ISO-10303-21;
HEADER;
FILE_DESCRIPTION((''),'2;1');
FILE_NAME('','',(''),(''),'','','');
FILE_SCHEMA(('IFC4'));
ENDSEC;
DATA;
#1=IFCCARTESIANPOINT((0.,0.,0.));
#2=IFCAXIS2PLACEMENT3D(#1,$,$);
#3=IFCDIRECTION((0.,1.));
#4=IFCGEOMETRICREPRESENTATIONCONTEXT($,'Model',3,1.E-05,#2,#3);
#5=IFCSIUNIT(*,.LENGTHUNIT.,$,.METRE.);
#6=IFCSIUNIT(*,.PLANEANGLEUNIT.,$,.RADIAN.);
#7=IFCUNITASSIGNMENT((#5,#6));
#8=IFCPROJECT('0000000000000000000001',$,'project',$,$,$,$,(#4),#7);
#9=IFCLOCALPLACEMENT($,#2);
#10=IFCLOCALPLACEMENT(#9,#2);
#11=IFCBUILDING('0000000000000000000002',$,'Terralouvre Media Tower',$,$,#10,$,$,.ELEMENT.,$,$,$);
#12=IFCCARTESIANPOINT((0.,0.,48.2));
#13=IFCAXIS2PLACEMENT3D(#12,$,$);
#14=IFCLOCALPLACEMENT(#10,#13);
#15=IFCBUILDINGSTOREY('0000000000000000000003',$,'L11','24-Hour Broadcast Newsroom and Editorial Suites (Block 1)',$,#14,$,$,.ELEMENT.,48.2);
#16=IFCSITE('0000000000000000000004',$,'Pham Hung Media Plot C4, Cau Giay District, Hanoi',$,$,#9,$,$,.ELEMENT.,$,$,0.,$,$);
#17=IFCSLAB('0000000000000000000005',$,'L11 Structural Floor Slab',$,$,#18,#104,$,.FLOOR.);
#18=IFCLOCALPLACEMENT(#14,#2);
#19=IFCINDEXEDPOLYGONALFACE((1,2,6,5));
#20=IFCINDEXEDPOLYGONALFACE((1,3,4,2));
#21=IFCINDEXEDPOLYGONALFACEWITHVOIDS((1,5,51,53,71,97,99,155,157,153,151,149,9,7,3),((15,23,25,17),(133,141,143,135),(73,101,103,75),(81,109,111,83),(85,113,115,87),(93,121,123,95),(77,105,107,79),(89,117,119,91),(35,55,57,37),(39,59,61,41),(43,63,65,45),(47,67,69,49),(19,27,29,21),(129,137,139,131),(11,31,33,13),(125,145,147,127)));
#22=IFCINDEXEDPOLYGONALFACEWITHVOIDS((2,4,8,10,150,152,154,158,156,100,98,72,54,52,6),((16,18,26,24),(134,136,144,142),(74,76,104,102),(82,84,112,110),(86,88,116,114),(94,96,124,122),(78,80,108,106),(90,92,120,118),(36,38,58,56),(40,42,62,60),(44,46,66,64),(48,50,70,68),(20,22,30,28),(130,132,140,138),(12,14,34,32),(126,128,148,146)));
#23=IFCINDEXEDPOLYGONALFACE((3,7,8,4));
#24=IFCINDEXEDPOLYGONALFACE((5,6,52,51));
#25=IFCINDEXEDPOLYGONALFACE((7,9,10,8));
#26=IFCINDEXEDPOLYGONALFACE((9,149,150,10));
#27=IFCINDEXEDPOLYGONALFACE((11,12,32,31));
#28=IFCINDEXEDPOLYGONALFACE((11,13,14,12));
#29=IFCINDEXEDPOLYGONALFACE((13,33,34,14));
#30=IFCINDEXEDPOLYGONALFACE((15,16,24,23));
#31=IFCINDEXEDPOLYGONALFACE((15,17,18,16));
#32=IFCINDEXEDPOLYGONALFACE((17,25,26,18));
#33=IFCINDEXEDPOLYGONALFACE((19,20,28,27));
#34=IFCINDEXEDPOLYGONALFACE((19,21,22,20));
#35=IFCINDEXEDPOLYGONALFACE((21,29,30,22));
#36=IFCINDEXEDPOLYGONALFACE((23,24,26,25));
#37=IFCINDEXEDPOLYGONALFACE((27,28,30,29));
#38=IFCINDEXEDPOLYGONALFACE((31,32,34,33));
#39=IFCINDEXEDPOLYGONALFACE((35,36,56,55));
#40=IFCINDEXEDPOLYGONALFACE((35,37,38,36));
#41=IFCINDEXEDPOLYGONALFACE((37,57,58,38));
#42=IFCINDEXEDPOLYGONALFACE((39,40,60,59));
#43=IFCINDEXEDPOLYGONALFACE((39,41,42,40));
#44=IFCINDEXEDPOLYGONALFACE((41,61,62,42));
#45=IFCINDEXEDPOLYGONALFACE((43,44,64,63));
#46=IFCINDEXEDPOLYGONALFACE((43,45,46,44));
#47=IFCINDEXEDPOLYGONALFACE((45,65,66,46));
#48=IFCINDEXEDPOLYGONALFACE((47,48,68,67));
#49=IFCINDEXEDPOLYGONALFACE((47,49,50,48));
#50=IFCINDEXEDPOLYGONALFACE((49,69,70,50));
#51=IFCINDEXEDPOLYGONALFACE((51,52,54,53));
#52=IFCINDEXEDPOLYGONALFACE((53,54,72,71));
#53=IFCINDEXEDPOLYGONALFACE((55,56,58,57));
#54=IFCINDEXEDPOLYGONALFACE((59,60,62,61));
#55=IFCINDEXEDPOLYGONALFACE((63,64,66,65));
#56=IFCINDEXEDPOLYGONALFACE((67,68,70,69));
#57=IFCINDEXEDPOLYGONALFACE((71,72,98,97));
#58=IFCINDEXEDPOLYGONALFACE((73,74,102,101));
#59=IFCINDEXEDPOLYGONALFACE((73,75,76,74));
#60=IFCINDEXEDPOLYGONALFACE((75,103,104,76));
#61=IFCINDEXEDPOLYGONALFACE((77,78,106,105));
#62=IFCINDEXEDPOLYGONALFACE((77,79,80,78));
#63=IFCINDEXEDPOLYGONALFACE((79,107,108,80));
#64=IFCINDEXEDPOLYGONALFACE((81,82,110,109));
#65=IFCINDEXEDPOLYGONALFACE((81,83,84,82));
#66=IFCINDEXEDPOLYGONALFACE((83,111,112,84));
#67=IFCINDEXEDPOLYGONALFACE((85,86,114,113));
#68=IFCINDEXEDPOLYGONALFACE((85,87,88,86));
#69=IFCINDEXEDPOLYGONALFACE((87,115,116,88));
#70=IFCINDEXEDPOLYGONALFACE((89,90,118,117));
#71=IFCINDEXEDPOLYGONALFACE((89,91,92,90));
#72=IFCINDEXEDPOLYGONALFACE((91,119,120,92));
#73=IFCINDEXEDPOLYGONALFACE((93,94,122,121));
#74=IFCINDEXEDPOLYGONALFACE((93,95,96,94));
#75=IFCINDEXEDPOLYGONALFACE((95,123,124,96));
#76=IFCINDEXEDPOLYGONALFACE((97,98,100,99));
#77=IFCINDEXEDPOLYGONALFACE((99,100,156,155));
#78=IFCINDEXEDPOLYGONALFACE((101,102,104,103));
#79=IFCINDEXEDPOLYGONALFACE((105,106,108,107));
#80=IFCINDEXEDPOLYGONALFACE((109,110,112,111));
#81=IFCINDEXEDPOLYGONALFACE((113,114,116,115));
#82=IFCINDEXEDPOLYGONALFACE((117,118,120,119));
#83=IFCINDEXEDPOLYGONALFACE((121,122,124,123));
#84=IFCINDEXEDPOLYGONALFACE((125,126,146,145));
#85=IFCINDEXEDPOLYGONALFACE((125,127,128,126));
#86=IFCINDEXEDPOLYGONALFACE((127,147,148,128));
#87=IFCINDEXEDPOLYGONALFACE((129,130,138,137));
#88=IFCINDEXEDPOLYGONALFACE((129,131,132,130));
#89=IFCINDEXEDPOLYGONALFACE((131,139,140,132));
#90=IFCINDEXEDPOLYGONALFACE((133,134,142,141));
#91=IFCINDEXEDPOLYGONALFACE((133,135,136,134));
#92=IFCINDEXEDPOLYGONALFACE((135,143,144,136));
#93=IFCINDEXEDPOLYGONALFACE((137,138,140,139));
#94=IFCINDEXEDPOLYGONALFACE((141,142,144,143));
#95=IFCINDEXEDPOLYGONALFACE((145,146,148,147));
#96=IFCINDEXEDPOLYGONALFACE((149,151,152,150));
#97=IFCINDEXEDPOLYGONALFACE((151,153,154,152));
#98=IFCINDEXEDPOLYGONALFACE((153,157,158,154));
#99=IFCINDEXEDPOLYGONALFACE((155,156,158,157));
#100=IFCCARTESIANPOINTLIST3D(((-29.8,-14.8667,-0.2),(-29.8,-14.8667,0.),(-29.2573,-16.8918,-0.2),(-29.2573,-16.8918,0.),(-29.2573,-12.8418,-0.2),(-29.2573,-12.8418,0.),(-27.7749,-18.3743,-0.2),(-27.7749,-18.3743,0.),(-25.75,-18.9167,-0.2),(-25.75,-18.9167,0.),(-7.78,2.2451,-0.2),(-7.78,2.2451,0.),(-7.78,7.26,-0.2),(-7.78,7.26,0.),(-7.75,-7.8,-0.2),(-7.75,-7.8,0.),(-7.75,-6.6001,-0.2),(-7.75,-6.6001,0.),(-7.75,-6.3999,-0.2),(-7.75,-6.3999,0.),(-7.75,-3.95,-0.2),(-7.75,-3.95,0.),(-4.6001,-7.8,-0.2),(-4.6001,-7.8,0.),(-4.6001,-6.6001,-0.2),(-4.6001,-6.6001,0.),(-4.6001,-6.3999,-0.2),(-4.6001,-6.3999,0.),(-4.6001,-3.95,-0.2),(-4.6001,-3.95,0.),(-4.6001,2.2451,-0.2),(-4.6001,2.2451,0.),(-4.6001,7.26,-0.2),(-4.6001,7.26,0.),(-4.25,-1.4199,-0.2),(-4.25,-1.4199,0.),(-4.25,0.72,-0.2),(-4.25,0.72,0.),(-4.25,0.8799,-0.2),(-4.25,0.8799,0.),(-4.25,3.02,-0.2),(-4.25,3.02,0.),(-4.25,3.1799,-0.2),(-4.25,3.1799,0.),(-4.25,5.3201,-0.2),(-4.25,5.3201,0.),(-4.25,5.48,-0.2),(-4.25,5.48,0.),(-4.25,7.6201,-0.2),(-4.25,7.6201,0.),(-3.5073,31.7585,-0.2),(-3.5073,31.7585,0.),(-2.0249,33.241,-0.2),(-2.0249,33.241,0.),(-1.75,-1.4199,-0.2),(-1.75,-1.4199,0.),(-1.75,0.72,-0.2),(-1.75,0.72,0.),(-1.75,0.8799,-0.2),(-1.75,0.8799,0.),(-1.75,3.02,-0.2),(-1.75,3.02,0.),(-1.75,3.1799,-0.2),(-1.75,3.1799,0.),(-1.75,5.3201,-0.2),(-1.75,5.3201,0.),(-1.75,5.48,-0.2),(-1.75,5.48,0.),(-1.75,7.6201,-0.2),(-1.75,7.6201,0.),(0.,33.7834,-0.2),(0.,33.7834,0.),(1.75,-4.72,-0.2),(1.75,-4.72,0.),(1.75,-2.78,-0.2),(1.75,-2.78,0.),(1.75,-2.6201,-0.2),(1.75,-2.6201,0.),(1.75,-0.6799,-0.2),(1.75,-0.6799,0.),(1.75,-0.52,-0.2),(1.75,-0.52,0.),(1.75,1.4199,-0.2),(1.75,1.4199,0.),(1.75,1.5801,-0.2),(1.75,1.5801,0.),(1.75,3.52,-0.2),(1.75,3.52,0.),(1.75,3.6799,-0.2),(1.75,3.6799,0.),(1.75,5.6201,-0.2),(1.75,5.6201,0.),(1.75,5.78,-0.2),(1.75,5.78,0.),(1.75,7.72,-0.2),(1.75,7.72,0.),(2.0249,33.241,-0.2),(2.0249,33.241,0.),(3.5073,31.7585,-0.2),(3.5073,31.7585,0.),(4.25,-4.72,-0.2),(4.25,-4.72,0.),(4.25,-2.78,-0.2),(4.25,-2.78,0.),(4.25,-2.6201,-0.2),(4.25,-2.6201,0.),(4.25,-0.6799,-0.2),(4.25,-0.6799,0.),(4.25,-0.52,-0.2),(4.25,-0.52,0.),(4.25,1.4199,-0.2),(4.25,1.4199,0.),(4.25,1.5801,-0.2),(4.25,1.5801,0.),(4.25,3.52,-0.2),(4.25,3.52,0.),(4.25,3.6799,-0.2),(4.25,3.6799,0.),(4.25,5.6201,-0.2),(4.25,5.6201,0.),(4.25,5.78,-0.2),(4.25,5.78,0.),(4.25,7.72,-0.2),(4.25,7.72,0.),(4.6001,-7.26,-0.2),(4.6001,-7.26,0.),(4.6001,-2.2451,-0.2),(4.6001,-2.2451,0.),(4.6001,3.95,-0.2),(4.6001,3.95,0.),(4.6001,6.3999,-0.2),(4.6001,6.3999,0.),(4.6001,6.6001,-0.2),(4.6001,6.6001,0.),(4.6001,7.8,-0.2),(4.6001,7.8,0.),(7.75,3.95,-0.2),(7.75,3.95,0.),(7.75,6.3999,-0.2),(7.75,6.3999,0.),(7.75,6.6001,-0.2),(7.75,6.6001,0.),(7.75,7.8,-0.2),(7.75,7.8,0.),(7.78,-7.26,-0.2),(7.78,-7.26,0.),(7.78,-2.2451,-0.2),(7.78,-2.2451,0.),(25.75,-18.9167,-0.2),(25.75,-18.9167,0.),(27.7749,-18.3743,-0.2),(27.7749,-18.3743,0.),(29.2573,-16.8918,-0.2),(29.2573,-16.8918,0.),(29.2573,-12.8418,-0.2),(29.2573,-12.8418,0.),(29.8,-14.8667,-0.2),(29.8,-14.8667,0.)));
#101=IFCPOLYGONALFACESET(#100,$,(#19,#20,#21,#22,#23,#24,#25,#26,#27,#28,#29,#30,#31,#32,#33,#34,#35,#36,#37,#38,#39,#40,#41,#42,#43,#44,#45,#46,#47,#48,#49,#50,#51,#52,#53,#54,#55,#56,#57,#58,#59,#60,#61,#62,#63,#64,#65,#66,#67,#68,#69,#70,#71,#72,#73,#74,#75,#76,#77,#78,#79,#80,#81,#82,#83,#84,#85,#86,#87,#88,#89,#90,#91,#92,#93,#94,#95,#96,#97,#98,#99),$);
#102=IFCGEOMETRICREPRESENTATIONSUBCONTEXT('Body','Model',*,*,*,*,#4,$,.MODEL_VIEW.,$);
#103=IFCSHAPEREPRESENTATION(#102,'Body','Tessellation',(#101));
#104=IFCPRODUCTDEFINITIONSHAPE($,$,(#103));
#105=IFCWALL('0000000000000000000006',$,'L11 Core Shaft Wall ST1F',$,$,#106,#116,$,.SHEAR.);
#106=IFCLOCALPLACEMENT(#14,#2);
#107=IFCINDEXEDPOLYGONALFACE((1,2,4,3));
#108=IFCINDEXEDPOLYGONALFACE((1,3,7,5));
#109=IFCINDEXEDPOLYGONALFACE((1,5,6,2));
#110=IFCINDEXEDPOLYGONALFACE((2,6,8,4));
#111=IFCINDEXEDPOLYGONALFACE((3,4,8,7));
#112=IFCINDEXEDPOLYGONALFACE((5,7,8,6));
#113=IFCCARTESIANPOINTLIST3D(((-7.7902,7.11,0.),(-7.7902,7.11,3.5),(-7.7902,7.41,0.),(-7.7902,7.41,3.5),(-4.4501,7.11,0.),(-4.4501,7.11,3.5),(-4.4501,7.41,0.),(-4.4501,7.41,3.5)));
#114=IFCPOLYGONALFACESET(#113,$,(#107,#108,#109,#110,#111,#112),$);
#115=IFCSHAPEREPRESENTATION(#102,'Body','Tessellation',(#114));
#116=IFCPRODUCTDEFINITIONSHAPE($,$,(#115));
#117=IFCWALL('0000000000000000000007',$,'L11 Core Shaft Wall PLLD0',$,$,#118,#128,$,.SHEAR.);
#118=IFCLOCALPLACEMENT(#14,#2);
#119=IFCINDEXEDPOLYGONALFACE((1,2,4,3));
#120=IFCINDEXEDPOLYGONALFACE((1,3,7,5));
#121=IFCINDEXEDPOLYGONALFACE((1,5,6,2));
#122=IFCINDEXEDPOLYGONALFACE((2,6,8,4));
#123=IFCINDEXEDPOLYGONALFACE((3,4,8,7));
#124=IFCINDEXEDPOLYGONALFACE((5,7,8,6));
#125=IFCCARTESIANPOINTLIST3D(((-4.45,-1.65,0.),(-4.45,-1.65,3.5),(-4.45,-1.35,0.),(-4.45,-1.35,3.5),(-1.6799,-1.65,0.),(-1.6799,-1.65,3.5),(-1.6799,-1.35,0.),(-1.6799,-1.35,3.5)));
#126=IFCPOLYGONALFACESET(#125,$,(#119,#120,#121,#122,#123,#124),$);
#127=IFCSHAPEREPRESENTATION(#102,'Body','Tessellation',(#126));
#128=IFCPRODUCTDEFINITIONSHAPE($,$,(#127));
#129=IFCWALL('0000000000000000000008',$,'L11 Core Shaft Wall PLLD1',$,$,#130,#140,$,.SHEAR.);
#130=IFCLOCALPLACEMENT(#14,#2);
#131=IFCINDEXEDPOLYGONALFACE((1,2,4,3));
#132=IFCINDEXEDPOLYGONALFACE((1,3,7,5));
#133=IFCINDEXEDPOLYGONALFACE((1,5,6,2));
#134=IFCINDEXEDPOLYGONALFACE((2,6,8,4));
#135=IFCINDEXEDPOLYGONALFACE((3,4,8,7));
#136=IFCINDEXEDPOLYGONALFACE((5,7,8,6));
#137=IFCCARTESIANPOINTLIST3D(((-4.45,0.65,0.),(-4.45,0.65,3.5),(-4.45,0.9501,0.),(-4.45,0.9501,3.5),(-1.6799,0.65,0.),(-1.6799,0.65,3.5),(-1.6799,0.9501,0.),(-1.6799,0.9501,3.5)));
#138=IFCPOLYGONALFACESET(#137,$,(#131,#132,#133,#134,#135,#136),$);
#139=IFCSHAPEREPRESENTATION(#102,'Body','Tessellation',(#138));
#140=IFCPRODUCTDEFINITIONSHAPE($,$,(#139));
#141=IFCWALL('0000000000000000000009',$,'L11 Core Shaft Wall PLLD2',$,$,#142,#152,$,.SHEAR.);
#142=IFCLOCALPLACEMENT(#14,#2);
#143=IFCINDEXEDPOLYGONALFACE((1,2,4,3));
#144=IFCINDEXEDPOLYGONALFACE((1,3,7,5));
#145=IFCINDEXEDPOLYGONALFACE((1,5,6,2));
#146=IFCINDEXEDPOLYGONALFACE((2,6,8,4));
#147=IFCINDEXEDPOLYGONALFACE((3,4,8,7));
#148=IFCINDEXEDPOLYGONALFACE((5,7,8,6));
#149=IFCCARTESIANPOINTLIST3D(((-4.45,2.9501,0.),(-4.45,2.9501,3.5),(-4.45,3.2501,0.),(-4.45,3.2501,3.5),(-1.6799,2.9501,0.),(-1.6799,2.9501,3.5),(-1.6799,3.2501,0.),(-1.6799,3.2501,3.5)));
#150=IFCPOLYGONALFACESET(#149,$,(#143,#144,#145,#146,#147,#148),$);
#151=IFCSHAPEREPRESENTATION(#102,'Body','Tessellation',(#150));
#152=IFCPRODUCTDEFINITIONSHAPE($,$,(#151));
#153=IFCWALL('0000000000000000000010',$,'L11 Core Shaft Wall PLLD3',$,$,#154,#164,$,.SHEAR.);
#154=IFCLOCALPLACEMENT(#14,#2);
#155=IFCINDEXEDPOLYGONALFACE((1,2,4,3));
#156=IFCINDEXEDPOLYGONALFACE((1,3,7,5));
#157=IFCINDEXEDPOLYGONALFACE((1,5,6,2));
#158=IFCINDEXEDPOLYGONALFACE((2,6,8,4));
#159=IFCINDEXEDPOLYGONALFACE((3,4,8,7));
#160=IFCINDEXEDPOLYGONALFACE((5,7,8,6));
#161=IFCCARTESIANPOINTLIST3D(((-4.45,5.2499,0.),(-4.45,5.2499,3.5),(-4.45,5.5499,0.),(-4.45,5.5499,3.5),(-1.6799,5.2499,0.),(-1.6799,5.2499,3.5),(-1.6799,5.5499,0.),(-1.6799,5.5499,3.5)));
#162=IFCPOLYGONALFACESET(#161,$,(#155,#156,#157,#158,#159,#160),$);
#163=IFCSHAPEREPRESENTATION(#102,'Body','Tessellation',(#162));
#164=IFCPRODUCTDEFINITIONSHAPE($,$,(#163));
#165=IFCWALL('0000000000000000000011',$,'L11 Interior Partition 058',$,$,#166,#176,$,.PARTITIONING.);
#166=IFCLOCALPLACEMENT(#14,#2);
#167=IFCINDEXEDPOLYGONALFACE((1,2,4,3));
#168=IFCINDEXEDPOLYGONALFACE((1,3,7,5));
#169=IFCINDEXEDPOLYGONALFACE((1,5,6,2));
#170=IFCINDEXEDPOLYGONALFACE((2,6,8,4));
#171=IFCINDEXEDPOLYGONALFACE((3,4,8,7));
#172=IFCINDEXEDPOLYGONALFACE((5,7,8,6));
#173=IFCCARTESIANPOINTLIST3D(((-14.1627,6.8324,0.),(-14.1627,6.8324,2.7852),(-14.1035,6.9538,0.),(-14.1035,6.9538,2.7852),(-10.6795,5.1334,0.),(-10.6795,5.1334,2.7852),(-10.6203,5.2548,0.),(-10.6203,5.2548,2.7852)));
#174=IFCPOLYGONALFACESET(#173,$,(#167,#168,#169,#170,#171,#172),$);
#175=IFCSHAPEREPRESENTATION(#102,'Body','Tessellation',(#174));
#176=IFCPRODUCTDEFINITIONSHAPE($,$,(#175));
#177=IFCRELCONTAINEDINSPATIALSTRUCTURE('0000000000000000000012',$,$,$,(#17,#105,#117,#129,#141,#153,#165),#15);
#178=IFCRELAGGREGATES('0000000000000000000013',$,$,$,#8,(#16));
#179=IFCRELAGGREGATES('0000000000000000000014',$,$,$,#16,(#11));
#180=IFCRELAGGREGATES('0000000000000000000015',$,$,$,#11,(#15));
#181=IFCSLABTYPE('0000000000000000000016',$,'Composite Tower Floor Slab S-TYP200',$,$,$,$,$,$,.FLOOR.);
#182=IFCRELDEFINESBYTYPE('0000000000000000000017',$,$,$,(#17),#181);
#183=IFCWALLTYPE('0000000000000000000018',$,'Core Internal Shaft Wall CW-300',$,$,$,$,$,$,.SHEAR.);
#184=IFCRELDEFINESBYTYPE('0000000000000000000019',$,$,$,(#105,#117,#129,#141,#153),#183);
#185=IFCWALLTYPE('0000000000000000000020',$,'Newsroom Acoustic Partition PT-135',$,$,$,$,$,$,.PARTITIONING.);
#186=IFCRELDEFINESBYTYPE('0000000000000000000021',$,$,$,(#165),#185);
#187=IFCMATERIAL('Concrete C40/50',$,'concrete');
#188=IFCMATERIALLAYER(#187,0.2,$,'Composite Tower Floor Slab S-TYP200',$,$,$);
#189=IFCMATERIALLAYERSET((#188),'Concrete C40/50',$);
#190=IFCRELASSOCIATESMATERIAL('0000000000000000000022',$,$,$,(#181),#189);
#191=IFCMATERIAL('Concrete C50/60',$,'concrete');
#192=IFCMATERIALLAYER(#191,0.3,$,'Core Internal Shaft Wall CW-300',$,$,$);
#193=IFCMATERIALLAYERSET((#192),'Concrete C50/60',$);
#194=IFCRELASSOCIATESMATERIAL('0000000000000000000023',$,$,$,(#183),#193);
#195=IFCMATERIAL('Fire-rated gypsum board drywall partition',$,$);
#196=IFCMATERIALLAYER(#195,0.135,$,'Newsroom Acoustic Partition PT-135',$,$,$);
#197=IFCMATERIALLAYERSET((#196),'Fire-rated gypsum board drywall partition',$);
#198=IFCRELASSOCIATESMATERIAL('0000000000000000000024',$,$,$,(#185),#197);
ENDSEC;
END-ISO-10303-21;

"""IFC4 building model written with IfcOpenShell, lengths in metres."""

from ifc_helpers import new_model, si_unit, direction, frame, frame_2d, origin, place, context, subcontext, project, spatial, polyline, rectangle, outline, extrude, material, layer, layer_set, type_object, element, save


model = new_model("IFC4")

# Units and contexts
model_context = context("Model", 3, precision=1e-05, world=origin(), true_north=direction((0.0, 1.0)))
body_context = subcontext(model_context, "Body", "Model", "MODEL_VIEW")
ifc_project = project(units=[si_unit("LENGTHUNIT", "METRE"), si_unit("PLANEANGLEUNIT", "RADIAN")], contexts=[model_context])

# Site, building, storey
site_placement = place(None, origin())
site = spatial("IfcSite", under=ifc_project, at=site_placement, Name="Pham Hung Media Plot C4, Cau Giay District, Hanoi", CompositionType="ELEMENT", RefElevation=0.0)
building_placement = place(site_placement, origin())
building = spatial("IfcBuilding", under=site, at=building_placement, Name="Terralouvre Media Tower", CompositionType="ELEMENT")
storey_placement = place(building_placement, frame((0.0, 0.0, 48.2)))
storey = spatial("IfcBuildingStorey", under=building, at=storey_placement, Name="L11", Description="24-Hour Broadcast Newsroom and Editorial Suites (Block 1)", CompositionType="ELEMENT", Elevation=48.2)

# Slab
ifc_material_1 = material(Name="Concrete C40/50", Category="concrete")
ifc_layer_1 = layer(ifc_material_1, 0.2, Name="Composite Tower Floor Slab S-TYP200")
ifc_layer_set_1 = layer_set([ifc_layer_1], Name="Concrete C40/50")
slab_type = type_object("IfcSlabType", Name="Composite Tower Floor Slab S-TYP200", PredefinedType="FLOOR", material=ifc_layer_set_1)
slab_placement = place(storey_placement, frame((0.0, 0.0, -0.2)))
element("IfcSlab", 1, at=slab_placement, inside=storey, type_object=slab_type, Name="L11 Structural Floor Slab", PredefinedType="FLOOR", context=body_context, shape_type="SweptSolid", body=[
    extrude(outline(polyline([(-29.2573, -12.8418), (-29.8, -14.8667), (-29.2573, -16.8918), (-27.7749, -18.3743), (-25.75, -18.9167), (25.75, -18.9167), (27.7749, -18.3743), (29.2573, -16.8918), (29.8, -14.8667), (29.2573, -12.8418), (3.5073, 31.7585), (2.0249, 33.241), (0.0, 33.7834), (-2.0249, 33.241), (-3.5073, 31.7585), (-29.2573, -12.8418)]), holes=[polyline([(-4.6001, -7.8), (-7.75, -7.8), (-7.75, -6.6001), (-4.6001, -6.6001), (-4.6001, -7.8)]), polyline([(-4.6001, -6.3999), (-7.75, -6.3999), (-7.75, -3.95), (-4.6001, -3.95), (-4.6001, -6.3999)]), polyline([(-1.75, -1.4199), (-4.25, -1.4199), (-4.25, 0.72), (-1.75, 0.72), (-1.75, -1.4199)]), polyline([(-1.75, 0.8799), (-4.25, 0.8799), (-4.25, 3.02), (-1.75, 3.02), (-1.75, 0.8799)]), polyline([(4.25, 1.5801), (1.75, 1.5801), (1.75, 3.52), (4.25, 3.52), (4.25, 1.5801)]), polyline([(-1.75, 3.1799), (-4.25, 3.1799), (-4.25, 5.3201), (-1.75, 5.3201), (-1.75, 3.1799)]), polyline([(-4.6001, 2.2451), (-7.78, 2.2451), (-7.78, 7.26), (-4.6001, 7.26), (-4.6001, 2.2451)]), polyline([(-1.75, 5.48), (-4.25, 5.48), (-4.25, 7.6201), (-1.75, 7.6201), (-1.75, 5.48)]), polyline([(4.6001, -2.2451), (7.78, -2.2451), (7.78, -7.26), (4.6001, -7.26), (4.6001, -2.2451)]), polyline([(4.25, -4.72), (1.75, -4.72), (1.75, -2.78), (4.25, -2.78), (4.25, -4.72)]), polyline([(4.25, -2.6201), (1.75, -2.6201), (1.75, -0.6799), (4.25, -0.6799), (4.25, -2.6201)]), polyline([(4.25, -0.52), (1.75, -0.52), (1.75, 1.4199), (4.25, 1.4199), (4.25, -0.52)]), polyline([(4.25, 3.6799), (1.75, 3.6799), (1.75, 5.6201), (4.25, 5.6201), (4.25, 3.6799)]), polyline([(7.75, 3.95), (4.6001, 3.95), (4.6001, 6.3999), (7.75, 6.3999), (7.75, 3.95)]), polyline([(4.25, 5.78), (1.75, 5.78), (1.75, 7.72), (4.25, 7.72), (4.25, 5.78)]), polyline([(7.75, 6.6001), (4.6001, 6.6001), (4.6001, 7.8), (7.75, 7.8), (7.75, 6.6001)])]), origin(), (0.0, 0.0, 1.0), 0.2),
])

# Shared definitions
ifc_material_2 = material(Name="Concrete C50/60", Category="concrete")
ifc_layer_2 = layer(ifc_material_2, 0.3, Name="Core Internal Shaft Wall CW-300")
ifc_layer_set_2 = layer_set([ifc_layer_2], Name="Concrete C50/60")
wall_type_1 = type_object("IfcWallType", Name="Core Internal Shaft Wall CW-300", PredefinedType="SHEAR", material=ifc_layer_set_2)

# Walls
wall_1_placement = place(storey_placement, frame((-7.79, 7.26, 0.0), z_axis=(0.0, 0.0, 1.0), x_axis=(1.0, 0.0, 0.0)))
element("IfcWall", 2, at=wall_1_placement, inside=storey, type_object=wall_type_1, Name="L11 Core Shaft Wall ST1F", PredefinedType="SHEAR", context=body_context, shape_type="SweptSolid", body=[
    extrude(rectangle(XDim=3.3401, YDim=0.3, at=frame_2d((1.6699, 0.0))), origin(), (0.0, 0.0, 1.0), 3.5),
])
for number, where, z_axis, x_axis, name in (
    (3, (-4.45, -1.5, 0.0), (0.0, 0.0, 1.0), (1.0, 0.0, 0.0), "L11 Core Shaft Wall PLLD0"),
    (4, (-4.45, 0.8, 0.0), (0.0, 0.0, 1.0), (1.0, 0.0, 0.0), "L11 Core Shaft Wall PLLD1"),
    (5, (-4.45, 3.1001, 0.0), (0.0, 0.0, 1.0), (1.0, 0.0, 0.0), "L11 Core Shaft Wall PLLD2"),
    (6, (-4.45, 5.3999, 0.0), (0.0, 0.0, 1.0), (1.0, 0.0, 0.0), "L11 Core Shaft Wall PLLD3"),
):
    element("IfcWall", number, at=place(storey_placement, frame(where, z_axis=z_axis, x_axis=x_axis)), inside=storey, type_object=wall_type_1, Name=name, PredefinedType="SHEAR", context=body_context, shape_type="SweptSolid", body=[
        extrude(rectangle(XDim=2.77, YDim=0.3, at=frame_2d((1.385, 0.0))), origin(), (0.0, 0.0, 1.0), 3.5),
    ])
ifc_material_3 = material(Name="Fire-rated gypsum board drywall partition")
ifc_layer_3 = layer(ifc_material_3, 0.135, Name="Newsroom Acoustic Partition PT-135")
ifc_layer_set_3 = layer_set([ifc_layer_3], Name="Fire-rated gypsum board drywall partition")
wall_type_2 = type_object("IfcWallType", Name="Newsroom Acoustic Partition PT-135", PredefinedType="PARTITIONING", material=ifc_layer_set_3)
wall_2_placement = place(storey_placement, frame((-10.6499, 5.1941, 0.0), z_axis=(0.0, 0.0, 1.0), x_axis=(-0.898781, 0.438398, 0.0)))
element("IfcWall", 7, at=wall_2_placement, inside=storey, type_object=wall_type_2, Name="L11 Interior Partition 058", PredefinedType="PARTITIONING", context=body_context, shape_type="SweptSolid", body=[
    extrude(rectangle(XDim=3.8755, YDim=0.135, at=frame_2d((1.9377, 0.0))), origin(), (0.0, 0.0, 1.0), 2.7852),
])

save(model, "model.ifc")
